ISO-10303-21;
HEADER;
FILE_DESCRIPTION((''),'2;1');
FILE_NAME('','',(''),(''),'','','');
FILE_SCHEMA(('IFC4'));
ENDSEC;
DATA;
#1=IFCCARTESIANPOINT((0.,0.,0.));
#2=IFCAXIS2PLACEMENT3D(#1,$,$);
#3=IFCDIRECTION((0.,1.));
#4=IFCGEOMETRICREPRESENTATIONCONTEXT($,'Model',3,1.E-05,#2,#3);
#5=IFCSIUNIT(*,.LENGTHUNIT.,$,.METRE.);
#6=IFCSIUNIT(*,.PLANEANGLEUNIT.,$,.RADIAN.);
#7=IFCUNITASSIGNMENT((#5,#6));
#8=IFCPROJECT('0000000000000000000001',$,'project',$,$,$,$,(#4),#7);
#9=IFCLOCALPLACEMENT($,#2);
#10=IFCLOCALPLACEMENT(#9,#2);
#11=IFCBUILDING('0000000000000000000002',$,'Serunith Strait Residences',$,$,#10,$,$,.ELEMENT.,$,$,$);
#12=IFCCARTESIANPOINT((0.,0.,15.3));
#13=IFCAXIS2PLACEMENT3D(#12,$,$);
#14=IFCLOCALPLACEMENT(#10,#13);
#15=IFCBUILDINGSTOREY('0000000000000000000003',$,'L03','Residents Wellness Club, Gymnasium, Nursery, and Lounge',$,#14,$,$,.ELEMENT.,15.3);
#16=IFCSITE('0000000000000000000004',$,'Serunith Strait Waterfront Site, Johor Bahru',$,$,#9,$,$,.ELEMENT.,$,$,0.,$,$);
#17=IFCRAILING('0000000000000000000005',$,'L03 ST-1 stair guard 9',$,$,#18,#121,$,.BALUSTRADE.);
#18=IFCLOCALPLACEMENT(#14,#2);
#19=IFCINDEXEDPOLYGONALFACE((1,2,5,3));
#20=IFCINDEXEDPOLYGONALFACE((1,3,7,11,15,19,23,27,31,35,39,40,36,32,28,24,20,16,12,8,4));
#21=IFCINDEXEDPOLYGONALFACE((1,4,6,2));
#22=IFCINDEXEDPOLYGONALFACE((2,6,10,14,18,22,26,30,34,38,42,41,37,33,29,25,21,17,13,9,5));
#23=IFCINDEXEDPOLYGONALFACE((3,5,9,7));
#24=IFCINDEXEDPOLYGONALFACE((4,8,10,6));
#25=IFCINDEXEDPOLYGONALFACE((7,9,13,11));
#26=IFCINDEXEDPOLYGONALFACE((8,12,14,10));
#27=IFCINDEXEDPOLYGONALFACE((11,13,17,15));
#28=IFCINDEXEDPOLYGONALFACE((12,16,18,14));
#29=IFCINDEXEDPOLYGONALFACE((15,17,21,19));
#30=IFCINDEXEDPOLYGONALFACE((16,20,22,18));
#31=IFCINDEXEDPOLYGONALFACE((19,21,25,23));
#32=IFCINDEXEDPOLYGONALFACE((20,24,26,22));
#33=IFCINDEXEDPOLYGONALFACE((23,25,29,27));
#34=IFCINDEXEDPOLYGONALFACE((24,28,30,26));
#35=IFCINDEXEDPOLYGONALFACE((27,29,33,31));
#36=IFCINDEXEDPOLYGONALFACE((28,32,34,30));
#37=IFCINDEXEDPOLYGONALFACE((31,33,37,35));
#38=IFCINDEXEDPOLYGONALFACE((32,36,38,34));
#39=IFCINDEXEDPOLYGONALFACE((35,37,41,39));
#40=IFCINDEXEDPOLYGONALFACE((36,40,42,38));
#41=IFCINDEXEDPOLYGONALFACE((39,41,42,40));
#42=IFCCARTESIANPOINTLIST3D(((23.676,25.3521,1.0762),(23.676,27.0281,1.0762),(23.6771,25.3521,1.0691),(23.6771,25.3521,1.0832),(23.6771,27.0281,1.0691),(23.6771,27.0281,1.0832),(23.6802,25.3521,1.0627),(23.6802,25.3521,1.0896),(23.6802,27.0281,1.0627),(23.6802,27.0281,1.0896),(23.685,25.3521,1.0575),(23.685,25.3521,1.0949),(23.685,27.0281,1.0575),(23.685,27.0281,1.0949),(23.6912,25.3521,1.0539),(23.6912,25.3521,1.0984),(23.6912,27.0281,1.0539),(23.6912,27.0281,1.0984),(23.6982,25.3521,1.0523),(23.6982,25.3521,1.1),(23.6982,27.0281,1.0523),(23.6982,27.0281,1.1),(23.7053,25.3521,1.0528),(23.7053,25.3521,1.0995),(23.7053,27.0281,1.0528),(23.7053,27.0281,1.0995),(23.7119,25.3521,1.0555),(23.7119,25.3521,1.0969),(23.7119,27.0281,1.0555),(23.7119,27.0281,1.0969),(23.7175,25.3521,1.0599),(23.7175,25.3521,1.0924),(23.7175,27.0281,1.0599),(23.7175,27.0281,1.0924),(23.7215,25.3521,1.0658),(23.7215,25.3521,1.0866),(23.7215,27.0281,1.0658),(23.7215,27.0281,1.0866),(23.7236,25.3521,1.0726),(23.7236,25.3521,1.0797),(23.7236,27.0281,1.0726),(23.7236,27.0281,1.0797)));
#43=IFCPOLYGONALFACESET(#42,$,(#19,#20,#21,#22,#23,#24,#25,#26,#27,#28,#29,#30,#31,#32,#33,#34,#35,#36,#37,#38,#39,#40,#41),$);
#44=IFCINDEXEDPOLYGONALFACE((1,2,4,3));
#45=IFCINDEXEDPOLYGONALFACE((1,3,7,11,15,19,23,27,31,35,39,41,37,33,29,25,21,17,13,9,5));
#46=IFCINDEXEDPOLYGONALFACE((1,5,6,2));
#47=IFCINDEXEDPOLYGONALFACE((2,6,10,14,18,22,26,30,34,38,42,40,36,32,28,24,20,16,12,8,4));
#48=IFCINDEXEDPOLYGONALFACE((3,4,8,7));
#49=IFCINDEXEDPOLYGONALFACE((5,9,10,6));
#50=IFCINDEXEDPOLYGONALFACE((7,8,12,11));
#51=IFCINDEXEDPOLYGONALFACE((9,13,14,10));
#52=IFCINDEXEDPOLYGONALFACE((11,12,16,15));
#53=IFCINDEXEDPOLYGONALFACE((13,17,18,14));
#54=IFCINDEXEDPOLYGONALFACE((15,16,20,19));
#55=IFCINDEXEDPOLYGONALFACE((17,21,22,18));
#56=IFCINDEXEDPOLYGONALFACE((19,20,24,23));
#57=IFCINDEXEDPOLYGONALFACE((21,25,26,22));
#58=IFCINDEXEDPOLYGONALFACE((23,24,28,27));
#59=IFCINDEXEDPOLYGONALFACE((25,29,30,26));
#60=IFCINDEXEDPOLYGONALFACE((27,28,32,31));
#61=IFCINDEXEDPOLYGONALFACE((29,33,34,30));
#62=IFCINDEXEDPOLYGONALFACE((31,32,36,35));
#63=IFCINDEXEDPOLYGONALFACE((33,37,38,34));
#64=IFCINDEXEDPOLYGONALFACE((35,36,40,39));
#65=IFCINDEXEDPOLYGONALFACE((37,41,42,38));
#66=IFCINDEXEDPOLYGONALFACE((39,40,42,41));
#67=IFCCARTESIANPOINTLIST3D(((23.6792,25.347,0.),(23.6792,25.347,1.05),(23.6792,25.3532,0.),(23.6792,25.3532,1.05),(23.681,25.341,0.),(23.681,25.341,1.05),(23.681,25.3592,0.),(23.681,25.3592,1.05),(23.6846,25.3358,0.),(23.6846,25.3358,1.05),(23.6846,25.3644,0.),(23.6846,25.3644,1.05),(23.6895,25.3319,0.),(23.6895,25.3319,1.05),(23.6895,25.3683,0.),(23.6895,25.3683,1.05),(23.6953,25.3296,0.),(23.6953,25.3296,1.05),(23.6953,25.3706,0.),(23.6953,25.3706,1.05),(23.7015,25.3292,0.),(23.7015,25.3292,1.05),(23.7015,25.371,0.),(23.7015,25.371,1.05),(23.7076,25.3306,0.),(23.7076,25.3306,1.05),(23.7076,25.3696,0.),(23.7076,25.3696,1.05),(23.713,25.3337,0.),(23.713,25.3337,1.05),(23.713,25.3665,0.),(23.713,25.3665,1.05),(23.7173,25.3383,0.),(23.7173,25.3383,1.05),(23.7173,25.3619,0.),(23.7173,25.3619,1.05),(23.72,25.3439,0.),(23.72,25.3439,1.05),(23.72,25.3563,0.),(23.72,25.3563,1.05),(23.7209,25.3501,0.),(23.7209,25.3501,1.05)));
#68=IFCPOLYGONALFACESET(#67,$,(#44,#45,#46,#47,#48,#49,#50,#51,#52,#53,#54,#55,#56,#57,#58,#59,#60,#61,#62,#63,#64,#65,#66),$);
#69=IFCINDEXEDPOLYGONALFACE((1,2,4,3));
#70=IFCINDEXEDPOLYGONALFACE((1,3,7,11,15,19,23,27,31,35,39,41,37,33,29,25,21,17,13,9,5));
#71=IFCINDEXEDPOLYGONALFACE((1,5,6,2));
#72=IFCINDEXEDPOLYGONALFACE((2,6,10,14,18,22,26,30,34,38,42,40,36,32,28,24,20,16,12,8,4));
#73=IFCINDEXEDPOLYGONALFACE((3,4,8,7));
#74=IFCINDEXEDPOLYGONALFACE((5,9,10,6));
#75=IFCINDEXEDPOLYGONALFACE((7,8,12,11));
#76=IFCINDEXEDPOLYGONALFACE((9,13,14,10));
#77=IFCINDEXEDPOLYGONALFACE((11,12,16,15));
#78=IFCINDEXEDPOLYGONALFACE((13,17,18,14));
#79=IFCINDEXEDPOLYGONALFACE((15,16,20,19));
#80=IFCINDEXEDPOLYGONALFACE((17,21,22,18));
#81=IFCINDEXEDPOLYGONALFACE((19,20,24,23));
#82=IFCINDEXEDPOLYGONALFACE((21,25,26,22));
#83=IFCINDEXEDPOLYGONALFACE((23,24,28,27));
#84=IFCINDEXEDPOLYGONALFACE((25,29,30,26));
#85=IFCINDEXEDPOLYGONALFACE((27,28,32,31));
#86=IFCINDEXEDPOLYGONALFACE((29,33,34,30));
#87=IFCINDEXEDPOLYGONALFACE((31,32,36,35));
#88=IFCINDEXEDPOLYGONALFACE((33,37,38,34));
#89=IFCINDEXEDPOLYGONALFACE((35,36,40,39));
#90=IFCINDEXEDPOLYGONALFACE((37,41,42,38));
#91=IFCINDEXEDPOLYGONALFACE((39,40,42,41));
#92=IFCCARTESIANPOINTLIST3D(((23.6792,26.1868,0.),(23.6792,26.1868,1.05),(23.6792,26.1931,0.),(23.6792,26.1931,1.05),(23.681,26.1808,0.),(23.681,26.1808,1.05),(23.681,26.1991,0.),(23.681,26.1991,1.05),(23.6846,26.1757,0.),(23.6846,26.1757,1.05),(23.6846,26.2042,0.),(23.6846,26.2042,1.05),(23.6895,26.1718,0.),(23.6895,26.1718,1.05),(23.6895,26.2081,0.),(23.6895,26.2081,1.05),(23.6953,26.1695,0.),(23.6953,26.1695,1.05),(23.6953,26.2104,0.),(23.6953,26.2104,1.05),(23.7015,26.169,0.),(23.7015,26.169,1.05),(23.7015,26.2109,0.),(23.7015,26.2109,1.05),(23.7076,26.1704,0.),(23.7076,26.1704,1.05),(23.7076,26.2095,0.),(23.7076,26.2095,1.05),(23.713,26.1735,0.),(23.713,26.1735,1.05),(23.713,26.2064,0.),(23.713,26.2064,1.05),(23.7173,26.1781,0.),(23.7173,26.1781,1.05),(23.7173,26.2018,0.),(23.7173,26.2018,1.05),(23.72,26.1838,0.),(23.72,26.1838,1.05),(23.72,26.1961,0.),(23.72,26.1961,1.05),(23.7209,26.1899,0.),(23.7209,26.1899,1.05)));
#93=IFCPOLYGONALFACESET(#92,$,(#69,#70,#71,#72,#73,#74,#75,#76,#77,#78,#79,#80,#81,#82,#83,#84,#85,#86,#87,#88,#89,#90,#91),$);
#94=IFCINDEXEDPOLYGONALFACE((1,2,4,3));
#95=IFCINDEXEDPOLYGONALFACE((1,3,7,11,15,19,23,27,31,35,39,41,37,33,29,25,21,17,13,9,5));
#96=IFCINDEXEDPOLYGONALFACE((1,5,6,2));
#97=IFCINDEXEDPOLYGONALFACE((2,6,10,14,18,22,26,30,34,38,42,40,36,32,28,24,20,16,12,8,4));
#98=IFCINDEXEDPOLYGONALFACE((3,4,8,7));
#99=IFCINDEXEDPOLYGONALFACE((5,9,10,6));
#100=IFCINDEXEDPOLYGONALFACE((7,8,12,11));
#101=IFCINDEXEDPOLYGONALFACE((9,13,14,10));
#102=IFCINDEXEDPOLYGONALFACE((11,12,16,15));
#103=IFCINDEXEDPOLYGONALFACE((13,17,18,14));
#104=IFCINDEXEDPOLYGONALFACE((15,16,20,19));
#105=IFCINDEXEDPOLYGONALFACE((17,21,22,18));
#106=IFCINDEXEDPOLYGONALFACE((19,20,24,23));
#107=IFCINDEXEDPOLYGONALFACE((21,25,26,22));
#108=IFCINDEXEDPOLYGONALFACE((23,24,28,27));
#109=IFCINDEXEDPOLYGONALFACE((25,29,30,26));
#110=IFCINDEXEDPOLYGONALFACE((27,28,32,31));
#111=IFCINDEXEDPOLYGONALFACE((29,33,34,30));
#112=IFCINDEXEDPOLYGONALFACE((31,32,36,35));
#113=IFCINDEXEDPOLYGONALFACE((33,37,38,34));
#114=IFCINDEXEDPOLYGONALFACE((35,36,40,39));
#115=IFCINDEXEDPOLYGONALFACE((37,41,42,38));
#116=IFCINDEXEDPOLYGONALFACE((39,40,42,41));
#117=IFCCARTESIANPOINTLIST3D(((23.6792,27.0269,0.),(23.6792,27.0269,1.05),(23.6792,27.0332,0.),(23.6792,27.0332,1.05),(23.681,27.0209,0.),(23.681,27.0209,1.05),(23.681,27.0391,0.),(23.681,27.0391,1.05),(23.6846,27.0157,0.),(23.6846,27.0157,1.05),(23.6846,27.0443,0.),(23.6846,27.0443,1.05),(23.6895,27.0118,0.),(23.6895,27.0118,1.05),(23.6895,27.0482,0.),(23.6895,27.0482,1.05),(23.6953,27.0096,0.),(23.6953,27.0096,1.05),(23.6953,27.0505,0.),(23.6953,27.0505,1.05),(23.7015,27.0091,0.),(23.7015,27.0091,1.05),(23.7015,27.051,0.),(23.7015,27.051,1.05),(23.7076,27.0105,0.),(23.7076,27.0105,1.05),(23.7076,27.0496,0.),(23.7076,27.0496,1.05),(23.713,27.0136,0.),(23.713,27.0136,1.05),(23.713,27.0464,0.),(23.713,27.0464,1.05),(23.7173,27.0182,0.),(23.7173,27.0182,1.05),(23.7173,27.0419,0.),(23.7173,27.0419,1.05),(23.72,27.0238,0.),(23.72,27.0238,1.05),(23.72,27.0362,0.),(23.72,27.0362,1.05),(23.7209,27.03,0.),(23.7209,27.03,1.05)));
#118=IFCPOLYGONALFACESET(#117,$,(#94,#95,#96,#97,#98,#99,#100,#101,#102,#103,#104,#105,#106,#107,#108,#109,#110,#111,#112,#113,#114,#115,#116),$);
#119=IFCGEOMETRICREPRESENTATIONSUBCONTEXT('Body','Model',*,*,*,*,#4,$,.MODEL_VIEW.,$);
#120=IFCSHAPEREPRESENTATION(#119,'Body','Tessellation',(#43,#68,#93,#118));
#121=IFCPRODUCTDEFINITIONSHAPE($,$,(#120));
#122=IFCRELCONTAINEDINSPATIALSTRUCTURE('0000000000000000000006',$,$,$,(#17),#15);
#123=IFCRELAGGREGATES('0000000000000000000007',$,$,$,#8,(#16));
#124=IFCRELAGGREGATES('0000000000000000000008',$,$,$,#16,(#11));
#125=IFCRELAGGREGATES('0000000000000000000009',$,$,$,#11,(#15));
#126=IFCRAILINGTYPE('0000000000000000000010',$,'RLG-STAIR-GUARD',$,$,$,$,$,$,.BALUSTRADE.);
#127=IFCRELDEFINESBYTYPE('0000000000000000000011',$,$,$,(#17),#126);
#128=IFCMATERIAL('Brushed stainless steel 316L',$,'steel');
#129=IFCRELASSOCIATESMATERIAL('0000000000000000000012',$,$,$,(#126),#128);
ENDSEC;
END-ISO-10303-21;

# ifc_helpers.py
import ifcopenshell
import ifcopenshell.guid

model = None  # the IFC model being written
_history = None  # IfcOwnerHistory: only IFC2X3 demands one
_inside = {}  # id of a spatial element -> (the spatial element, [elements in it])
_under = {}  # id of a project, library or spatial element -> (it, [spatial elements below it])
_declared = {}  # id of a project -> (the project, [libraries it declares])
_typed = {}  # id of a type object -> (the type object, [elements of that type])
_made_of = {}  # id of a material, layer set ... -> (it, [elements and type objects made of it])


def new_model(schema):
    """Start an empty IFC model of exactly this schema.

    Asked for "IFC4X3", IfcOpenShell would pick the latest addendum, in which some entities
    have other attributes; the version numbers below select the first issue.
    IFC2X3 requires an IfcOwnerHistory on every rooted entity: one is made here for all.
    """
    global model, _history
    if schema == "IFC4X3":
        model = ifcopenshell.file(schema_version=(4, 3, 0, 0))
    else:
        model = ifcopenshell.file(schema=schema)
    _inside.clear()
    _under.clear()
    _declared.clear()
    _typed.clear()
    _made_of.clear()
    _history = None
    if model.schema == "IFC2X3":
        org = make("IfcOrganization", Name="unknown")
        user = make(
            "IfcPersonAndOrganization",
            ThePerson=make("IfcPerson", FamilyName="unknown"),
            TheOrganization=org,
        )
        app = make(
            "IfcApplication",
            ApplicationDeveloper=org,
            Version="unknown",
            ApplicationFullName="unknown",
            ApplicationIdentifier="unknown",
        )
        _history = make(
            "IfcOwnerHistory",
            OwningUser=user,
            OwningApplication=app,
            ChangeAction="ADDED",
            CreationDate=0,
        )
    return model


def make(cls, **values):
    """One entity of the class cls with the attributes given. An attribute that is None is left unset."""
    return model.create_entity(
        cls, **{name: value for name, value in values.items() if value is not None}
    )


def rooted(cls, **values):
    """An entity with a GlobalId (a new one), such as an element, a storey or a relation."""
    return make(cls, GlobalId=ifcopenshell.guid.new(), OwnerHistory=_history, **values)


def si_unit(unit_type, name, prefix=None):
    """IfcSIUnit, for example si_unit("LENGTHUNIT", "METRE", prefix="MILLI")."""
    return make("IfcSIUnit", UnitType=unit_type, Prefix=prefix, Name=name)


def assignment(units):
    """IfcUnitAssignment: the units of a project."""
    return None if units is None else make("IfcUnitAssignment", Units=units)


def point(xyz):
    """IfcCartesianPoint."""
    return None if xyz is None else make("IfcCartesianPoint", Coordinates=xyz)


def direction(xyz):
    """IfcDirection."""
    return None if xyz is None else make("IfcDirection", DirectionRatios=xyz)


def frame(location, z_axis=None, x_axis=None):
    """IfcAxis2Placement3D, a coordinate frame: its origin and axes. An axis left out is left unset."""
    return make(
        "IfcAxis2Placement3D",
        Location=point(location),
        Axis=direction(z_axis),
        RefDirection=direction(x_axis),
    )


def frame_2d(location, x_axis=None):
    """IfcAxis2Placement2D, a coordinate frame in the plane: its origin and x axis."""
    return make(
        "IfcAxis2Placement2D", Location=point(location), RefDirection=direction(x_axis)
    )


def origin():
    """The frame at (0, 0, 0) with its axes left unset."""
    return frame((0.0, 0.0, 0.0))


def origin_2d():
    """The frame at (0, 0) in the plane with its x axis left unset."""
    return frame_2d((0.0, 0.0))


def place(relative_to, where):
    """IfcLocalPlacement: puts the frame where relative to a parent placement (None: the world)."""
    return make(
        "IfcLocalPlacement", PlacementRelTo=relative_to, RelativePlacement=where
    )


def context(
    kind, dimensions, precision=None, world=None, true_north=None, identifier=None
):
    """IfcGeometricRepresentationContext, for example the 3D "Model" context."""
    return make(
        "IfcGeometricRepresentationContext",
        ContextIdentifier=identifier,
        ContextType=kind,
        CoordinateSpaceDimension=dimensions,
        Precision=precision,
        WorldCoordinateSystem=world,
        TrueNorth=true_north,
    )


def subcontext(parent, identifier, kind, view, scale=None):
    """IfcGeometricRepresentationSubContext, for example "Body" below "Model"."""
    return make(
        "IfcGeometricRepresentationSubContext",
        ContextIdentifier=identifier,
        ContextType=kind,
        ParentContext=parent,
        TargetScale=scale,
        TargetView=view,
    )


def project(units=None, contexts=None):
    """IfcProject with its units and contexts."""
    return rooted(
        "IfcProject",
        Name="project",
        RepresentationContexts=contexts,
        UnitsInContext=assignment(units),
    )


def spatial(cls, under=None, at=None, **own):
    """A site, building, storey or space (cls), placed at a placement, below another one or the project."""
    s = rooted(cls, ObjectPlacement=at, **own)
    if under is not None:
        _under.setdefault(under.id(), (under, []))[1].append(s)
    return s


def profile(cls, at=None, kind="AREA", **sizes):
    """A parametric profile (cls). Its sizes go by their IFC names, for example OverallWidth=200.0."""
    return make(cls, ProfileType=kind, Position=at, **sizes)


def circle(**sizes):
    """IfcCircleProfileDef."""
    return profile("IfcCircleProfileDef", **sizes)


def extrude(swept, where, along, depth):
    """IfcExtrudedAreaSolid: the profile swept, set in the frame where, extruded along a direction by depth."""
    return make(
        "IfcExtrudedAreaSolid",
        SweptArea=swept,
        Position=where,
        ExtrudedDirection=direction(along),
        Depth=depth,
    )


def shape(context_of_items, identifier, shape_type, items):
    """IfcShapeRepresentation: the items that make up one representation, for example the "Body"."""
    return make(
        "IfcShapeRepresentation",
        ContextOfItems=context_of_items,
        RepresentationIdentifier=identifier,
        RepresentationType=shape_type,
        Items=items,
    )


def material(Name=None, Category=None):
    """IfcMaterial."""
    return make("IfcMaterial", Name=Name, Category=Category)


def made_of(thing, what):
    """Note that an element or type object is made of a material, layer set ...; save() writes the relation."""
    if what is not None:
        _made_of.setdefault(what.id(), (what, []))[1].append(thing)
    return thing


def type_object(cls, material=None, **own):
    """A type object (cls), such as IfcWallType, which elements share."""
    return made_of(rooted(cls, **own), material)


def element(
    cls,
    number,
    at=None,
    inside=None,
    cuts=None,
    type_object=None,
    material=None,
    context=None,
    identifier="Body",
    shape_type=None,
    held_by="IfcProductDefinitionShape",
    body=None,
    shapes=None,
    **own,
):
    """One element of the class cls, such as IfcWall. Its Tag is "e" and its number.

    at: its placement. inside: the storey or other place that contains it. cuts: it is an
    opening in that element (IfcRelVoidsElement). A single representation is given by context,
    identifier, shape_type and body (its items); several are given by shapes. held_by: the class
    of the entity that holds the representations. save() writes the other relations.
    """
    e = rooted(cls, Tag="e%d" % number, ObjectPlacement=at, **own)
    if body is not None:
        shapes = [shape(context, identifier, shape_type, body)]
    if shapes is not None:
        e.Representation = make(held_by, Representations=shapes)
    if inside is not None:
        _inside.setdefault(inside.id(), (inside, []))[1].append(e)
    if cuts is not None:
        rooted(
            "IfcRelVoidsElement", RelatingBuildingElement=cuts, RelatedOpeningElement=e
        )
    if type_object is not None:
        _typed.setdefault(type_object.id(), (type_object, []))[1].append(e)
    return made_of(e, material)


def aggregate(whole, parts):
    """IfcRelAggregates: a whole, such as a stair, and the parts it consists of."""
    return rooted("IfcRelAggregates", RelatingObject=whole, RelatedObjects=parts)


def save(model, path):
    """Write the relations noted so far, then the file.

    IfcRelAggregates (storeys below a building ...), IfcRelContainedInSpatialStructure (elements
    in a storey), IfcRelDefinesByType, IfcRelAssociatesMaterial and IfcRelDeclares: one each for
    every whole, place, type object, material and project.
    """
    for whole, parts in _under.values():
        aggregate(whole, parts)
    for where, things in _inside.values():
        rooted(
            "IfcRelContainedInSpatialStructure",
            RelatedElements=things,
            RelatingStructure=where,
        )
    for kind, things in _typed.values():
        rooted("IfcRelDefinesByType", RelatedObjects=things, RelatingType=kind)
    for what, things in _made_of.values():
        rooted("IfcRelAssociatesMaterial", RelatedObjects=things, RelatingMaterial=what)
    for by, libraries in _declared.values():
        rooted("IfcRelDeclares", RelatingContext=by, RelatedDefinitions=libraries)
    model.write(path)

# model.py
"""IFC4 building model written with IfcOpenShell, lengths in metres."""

from ifc_helpers import new_model, si_unit, direction, frame, origin, origin_2d, place, context, subcontext, project, spatial, circle, extrude, material, type_object, element, save


model = new_model("IFC4")

# Units and contexts
model_context = context("Model", 3, precision=1e-05, world=origin(), true_north=direction((0.0, 1.0)))
body_context = subcontext(model_context, "Body", "Model", "MODEL_VIEW")
ifc_project = project(units=[si_unit("LENGTHUNIT", "METRE"), si_unit("PLANEANGLEUNIT", "RADIAN")], contexts=[model_context])

# Site, building, storey
site_placement = place(None, origin())
site = spatial("IfcSite", under=ifc_project, at=site_placement, Name="Serunith Strait Waterfront Site, Johor Bahru", CompositionType="ELEMENT", RefElevation=0.0)
building_placement = place(site_placement, origin())
building = spatial("IfcBuilding", under=site, at=building_placement, Name="Serunith Strait Residences", CompositionType="ELEMENT")
storey_placement = place(building_placement, frame((0.0, 0.0, 15.3)))
storey = spatial("IfcBuildingStorey", under=building, at=storey_placement, Name="L03", Description="Residents Wellness Club, Gymnasium, Nursery, and Lounge", CompositionType="ELEMENT", Elevation=15.3)

# Railing
ifc_material_1 = material(Name="Brushed stainless steel 316L", Category="steel")
railing_type = type_object("IfcRailingType", Name="RLG-STAIR-GUARD", PredefinedType="BALUSTRADE", material=ifc_material_1)
railing_1_placement = place(storey_placement, frame((23.7, 25.3501, 0.0)))
element("IfcRailing", 1, at=railing_1_placement, inside=storey, type_object=railing_type, Name="L03 ST-1 stair guard 9", PredefinedType="BALUSTRADE", context=body_context, shape_type="SweptSolid", body=[
    extrude(circle(Radius=0.0239, at=origin_2d()), frame((0.0, 0.002, 1.0762), z_axis=(0.0, 1.0, 0.0), x_axis=(-1.0, 0.0, 0.0)), (0.0, 0.0, 1.0), 1.676),
    extrude(circle(Radius=0.021, at=origin_2d()), origin(), (0.0, 0.0, 1.0), 1.05),
    extrude(circle(Radius=0.021, at=origin_2d()), frame((0.0, 0.8398, 0.0)), (0.0, 0.0, 1.0), 1.05),
    extrude(circle(Radius=0.021, at=origin_2d()), frame((0.0, 1.6799, 0.0)), (0.0, 0.0, 1.0), 1.05),
])

save(model, "model.ifc")
